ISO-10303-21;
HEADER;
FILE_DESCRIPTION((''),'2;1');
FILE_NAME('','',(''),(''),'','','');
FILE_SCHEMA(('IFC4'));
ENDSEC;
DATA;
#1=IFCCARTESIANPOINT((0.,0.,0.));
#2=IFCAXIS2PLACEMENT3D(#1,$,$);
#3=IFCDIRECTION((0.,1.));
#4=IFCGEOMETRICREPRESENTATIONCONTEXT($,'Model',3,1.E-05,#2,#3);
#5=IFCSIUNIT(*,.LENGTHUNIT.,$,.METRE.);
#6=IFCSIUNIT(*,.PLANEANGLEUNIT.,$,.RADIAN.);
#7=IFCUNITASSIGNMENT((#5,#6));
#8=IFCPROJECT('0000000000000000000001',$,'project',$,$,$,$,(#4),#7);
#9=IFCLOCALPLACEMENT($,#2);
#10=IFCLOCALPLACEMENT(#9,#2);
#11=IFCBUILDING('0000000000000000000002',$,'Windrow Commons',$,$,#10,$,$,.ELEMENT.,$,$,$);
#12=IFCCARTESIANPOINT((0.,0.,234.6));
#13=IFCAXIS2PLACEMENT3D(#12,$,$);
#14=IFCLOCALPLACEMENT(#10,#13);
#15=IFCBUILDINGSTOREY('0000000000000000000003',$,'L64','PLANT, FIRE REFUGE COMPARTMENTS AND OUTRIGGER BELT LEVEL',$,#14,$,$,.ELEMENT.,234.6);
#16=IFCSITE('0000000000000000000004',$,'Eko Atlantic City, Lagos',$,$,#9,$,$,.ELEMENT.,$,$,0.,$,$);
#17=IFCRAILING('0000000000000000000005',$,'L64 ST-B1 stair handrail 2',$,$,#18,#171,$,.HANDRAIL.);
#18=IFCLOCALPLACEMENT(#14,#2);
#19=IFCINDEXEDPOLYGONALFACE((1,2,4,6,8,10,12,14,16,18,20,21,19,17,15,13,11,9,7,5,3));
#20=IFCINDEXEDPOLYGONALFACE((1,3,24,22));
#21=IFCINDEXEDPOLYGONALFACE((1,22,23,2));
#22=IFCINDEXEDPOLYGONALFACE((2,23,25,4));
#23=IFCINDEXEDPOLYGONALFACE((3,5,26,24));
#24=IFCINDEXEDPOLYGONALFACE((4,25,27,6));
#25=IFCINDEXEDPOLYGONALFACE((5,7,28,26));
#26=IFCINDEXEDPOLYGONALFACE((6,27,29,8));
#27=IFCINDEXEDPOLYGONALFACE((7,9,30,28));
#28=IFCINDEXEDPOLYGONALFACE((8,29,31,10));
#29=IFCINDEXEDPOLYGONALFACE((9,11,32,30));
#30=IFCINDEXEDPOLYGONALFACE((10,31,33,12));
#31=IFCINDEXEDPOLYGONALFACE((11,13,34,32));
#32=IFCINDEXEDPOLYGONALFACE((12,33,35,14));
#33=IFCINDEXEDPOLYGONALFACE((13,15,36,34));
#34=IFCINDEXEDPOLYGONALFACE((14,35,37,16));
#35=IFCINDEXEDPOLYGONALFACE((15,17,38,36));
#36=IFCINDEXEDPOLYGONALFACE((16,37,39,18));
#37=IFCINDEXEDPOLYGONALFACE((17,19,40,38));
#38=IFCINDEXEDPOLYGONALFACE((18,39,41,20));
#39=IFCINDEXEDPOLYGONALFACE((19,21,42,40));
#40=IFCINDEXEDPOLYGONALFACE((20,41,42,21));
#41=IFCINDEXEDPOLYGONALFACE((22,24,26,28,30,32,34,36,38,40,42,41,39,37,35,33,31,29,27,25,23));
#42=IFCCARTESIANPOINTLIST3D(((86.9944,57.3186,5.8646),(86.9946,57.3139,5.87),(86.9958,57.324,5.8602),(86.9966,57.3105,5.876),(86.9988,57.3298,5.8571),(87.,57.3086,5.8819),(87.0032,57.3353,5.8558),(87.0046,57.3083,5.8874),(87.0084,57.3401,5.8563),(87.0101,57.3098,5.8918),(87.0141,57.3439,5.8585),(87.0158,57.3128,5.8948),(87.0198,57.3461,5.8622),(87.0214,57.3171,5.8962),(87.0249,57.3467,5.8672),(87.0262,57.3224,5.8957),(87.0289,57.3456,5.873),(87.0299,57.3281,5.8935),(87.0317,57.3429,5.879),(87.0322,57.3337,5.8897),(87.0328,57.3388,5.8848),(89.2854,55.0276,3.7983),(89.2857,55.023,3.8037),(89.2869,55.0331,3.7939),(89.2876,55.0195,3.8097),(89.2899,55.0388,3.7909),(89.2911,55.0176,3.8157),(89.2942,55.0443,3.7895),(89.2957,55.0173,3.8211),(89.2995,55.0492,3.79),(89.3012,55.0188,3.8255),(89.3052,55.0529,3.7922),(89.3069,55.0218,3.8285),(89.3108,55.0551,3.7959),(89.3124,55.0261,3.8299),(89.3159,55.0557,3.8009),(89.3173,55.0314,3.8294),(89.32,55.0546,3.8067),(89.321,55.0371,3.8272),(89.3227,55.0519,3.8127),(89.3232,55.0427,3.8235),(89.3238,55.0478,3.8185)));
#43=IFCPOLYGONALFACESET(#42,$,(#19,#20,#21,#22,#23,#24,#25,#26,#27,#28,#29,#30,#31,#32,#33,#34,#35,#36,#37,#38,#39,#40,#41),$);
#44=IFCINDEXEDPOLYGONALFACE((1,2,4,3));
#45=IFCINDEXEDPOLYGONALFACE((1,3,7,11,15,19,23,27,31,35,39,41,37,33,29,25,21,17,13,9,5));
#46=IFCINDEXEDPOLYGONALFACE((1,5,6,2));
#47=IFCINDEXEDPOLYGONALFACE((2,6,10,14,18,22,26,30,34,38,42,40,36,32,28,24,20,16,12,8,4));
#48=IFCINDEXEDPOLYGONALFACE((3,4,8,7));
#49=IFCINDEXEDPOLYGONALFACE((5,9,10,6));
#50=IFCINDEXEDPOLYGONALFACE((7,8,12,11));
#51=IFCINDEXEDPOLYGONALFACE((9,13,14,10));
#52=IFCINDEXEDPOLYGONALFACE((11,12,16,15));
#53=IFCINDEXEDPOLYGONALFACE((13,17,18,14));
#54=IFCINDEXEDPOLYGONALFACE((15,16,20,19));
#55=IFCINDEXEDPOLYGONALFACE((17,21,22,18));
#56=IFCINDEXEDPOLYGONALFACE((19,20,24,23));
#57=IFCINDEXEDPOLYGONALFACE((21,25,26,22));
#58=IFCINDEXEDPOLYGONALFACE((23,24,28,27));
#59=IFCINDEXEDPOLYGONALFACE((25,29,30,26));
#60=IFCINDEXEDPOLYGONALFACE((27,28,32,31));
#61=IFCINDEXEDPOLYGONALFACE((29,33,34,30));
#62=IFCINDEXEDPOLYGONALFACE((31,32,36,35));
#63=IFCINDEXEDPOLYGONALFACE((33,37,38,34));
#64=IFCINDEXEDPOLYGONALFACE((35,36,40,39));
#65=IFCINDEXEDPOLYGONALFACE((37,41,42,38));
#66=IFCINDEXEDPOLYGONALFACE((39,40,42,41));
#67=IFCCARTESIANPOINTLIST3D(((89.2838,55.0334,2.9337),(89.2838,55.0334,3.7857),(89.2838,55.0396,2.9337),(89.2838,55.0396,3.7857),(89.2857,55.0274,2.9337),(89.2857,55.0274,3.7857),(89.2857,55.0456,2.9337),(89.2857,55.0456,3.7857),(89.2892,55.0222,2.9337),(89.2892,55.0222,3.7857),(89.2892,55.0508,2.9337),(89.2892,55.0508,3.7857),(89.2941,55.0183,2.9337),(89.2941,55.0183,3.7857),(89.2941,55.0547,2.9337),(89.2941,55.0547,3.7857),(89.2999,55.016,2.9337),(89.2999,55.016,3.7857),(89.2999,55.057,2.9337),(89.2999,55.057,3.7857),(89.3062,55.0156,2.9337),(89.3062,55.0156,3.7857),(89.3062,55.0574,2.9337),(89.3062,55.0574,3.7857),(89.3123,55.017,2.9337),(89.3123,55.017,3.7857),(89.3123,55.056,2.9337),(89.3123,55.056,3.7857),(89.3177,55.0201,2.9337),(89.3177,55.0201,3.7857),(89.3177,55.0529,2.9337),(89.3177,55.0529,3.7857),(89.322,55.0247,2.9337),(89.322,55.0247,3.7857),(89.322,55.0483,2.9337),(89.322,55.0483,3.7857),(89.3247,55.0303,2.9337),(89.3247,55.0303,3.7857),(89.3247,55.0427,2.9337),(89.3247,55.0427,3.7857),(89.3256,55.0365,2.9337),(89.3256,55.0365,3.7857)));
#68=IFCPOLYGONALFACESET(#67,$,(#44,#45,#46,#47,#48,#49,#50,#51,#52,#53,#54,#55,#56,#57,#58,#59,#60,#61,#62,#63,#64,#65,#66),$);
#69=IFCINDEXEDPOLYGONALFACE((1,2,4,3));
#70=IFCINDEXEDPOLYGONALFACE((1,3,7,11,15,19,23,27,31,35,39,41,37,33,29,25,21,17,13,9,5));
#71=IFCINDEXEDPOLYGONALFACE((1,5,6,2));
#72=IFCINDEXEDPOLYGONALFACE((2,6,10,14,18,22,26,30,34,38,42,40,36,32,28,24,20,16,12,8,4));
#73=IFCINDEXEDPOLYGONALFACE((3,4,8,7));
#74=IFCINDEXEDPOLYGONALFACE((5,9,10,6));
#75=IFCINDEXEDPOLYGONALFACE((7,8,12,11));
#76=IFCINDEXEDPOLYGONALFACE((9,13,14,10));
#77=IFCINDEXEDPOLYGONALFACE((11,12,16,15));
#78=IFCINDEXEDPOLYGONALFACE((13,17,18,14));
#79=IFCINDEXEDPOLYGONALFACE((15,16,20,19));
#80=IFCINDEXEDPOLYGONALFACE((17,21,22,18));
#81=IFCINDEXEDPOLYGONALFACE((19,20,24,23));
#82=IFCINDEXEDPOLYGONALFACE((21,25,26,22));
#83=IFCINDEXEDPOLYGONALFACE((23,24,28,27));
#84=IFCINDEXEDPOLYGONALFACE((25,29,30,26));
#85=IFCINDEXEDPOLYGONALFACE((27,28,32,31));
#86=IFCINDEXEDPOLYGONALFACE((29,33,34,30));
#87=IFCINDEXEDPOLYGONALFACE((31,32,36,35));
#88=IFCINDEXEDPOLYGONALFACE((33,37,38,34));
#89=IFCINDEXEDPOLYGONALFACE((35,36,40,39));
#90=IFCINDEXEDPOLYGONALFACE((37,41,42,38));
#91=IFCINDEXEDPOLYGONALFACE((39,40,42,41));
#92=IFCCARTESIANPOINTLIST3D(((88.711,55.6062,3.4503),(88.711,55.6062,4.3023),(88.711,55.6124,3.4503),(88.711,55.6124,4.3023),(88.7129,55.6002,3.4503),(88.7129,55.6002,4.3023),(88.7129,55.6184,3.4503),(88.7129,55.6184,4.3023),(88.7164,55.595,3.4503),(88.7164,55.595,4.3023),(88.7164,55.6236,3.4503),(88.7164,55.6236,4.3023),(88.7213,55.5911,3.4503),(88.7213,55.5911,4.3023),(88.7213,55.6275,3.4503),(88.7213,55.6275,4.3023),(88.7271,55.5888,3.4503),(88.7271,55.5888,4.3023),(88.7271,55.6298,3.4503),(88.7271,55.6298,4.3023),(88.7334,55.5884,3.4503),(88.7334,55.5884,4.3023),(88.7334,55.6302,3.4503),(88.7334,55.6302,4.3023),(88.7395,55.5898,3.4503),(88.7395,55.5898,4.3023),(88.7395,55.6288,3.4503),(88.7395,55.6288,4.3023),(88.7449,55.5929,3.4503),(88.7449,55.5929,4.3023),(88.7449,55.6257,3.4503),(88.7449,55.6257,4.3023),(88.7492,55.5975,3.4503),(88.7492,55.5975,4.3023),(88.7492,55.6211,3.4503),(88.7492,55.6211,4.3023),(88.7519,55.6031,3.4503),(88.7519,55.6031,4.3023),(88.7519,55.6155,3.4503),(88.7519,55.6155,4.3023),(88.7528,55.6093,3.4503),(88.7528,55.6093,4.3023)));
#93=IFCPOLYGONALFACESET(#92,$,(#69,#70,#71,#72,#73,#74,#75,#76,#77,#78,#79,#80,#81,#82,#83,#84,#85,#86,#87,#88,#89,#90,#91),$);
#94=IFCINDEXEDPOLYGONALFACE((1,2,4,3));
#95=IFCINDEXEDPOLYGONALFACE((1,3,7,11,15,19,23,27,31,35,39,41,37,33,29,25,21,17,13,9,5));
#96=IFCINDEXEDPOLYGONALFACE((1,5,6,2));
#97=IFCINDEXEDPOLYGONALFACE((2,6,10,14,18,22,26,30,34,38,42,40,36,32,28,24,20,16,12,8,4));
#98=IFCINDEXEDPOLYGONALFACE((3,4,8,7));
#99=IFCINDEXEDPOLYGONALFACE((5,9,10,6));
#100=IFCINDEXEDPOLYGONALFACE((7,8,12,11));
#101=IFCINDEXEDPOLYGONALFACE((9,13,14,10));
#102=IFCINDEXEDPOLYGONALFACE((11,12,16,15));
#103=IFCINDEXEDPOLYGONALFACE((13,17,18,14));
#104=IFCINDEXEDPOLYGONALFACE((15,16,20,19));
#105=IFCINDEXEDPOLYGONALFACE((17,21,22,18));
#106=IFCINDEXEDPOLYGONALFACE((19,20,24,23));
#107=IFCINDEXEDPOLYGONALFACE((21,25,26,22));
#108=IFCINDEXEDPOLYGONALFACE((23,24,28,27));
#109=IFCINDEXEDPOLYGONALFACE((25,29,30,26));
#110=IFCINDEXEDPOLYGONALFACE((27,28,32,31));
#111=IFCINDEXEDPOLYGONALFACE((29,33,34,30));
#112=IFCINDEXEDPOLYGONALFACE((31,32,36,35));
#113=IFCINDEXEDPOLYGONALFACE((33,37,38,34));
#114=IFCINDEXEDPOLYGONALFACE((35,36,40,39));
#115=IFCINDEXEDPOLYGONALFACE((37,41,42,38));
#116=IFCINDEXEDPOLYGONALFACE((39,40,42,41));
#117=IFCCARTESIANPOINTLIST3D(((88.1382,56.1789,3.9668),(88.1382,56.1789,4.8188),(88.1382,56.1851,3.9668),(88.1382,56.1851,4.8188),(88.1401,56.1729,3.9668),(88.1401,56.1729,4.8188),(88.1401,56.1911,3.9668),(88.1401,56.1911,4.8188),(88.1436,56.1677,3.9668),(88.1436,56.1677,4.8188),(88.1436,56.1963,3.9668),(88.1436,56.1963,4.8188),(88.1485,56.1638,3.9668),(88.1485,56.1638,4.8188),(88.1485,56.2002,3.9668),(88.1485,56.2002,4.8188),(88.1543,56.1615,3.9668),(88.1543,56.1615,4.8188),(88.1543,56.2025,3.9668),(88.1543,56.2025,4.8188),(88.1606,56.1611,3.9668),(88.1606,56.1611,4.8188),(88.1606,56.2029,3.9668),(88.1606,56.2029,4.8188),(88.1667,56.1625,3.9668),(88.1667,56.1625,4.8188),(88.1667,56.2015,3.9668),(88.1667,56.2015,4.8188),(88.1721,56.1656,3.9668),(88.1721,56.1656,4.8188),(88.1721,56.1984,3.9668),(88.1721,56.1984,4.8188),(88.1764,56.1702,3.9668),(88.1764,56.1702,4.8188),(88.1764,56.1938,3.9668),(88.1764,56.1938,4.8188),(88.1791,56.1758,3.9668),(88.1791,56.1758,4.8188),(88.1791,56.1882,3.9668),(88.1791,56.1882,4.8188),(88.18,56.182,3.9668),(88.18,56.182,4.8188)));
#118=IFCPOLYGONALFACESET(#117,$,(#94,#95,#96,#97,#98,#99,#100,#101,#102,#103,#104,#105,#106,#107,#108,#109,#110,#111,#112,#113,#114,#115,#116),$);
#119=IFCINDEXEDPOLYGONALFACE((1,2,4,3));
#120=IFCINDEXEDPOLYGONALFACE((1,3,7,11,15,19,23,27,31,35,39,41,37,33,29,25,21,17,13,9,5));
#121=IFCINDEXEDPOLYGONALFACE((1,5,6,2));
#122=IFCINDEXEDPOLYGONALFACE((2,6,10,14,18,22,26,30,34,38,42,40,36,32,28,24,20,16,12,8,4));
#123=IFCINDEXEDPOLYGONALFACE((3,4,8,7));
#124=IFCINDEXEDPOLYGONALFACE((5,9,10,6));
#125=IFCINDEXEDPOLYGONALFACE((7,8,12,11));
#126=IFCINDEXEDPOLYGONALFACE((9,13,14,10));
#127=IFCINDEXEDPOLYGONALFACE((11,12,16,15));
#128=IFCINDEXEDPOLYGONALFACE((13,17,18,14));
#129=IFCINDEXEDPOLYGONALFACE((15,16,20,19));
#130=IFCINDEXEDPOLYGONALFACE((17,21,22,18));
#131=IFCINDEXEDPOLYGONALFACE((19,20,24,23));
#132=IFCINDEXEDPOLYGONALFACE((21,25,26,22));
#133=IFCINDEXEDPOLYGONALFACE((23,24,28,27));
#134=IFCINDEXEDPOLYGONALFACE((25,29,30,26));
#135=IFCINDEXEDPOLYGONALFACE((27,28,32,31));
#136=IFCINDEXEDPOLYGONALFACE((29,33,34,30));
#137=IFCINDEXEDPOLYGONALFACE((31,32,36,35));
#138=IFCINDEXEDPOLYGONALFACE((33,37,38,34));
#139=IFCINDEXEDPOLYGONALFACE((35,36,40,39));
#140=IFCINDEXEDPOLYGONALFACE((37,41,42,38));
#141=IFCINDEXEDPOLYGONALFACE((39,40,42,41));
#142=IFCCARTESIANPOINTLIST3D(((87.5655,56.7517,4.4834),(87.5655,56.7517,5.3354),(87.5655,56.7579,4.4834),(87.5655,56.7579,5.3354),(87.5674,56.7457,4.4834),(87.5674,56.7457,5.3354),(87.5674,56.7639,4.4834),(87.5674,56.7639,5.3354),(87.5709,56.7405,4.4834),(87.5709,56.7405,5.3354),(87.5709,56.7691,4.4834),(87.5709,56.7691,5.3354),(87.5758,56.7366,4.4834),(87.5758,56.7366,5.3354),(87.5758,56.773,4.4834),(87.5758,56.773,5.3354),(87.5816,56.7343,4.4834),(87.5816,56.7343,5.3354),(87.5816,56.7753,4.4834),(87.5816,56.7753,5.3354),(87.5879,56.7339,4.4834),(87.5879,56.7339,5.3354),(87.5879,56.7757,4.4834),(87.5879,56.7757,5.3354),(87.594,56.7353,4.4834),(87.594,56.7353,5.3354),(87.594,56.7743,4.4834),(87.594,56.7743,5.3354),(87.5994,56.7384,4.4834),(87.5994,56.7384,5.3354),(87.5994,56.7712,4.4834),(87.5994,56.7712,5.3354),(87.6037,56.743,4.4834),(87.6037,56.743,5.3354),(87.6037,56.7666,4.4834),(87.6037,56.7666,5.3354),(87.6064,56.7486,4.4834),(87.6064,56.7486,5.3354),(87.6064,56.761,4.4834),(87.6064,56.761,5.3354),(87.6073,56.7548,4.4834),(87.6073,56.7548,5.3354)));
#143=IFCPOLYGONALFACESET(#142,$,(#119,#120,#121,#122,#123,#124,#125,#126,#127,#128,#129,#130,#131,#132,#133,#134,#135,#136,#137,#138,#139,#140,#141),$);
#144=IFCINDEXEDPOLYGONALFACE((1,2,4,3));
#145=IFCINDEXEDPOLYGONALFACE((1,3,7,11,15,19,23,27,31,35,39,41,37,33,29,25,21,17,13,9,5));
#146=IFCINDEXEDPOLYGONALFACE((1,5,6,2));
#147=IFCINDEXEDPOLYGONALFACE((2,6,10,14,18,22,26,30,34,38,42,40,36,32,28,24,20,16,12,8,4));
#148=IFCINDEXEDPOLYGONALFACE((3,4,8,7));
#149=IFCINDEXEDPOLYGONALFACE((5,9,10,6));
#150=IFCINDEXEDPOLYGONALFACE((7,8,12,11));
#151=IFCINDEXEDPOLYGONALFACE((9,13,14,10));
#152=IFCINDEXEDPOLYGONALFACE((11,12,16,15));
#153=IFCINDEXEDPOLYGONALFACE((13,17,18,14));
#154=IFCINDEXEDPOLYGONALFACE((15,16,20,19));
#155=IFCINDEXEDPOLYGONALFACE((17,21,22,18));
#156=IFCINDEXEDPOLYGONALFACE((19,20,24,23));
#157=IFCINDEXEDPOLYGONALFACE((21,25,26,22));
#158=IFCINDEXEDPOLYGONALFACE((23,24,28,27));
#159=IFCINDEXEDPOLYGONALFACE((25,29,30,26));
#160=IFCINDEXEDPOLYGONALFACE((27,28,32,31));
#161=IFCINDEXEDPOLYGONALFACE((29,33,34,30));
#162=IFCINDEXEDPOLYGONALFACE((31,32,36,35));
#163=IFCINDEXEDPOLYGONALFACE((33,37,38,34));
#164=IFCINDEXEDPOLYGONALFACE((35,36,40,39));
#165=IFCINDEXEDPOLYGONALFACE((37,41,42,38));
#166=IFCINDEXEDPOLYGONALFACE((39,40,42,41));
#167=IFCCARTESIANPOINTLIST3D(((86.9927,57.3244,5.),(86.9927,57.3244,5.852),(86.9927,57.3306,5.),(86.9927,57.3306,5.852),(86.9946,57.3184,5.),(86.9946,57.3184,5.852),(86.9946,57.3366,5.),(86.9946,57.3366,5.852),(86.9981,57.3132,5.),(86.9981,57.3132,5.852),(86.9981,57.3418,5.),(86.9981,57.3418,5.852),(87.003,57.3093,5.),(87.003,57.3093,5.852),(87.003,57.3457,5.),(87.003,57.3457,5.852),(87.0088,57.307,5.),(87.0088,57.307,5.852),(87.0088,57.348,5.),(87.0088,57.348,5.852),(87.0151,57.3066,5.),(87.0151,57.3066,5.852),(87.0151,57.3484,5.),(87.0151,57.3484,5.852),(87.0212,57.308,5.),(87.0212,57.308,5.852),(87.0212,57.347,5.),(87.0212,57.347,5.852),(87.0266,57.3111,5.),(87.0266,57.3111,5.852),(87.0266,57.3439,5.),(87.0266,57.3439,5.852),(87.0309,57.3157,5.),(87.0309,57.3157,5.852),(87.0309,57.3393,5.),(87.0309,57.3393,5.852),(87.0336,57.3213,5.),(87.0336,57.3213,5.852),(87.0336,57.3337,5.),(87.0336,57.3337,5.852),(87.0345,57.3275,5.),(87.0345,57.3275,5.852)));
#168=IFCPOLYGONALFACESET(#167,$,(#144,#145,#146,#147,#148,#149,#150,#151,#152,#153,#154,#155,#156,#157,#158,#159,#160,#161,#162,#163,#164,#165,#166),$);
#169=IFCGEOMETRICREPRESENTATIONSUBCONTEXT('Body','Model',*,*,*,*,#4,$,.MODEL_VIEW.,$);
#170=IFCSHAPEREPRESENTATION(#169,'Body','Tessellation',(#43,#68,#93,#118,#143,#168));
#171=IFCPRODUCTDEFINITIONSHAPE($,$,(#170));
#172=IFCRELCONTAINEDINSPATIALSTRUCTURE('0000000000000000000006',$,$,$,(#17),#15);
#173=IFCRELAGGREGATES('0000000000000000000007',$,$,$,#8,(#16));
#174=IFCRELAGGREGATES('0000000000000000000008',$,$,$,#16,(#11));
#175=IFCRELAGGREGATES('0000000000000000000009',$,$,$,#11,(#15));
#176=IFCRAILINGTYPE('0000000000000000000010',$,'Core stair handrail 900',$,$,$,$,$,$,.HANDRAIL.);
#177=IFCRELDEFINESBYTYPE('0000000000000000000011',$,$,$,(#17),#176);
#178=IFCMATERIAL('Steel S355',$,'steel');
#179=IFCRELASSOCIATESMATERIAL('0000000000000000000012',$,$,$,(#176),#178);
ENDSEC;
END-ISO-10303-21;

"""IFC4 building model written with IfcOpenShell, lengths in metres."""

from ifc_helpers import new_model, si_unit, direction, frame, origin, origin_2d, place, context, subcontext, project, spatial, circle, extrude, material, type_object, element, save


model = new_model("IFC4")

# Units and contexts
model_context = context("Model", 3, precision=1e-05, world=origin(), true_north=direction((0.0, 1.0)))
body_context = subcontext(model_context, "Body", "Model", "MODEL_VIEW")
ifc_project = project(units=[si_unit("LENGTHUNIT", "METRE"), si_unit("PLANEANGLEUNIT", "RADIAN")], contexts=[model_context])

# Site, building, storey
site_placement = place(None, origin())
site = spatial("IfcSite", under=ifc_project, at=site_placement, Name="Eko Atlantic City, Lagos", CompositionType="ELEMENT", RefElevation=0.0)
building_placement = place(site_placement, origin())
building = spatial("IfcBuilding", under=site, at=building_placement, Name="Windrow Commons", CompositionType="ELEMENT")
storey_placement = place(building_placement, frame((0.0, 0.0, 234.6)))
storey = spatial("IfcBuildingStorey", under=building, at=storey_placement, Name="L64", Description="PLANT, FIRE REFUGE COMPARTMENTS AND OUTRIGGER BELT LEVEL", CompositionType="ELEMENT", Elevation=234.6)

# Railing
ifc_material_1 = material(Name="Steel S355", Category="steel")
railing_type_1 = type_object("IfcRailingType", Name="Core stair handrail 900", PredefinedType="HANDRAIL", material=ifc_material_1)
railing_1_placement = place(storey_placement, frame((89.3046, 55.0365, 2.9337)))
element("IfcRailing", 1, at=railing_1_placement, inside=storey, type_object=railing_type_1, Name="L64 ST-B1 stair handrail 2", PredefinedType="HANDRAIL", context=body_context, shape_type="SweptSolid", body=[
    extrude(circle(Radius=0.024, at=origin_2d()), frame((0.0, 0.0, 0.876), z_axis=(-0.5962, 0.596174, 0.537701), x_axis=(-0.707091, -0.707122, 0.0)), (0.0, 0.0, 1.0), 3.8428),
    extrude(circle(Radius=0.021, at=origin_2d()), origin(), (0.0, 0.0, 1.0), 0.852),
    extrude(circle(Radius=0.021, at=origin_2d()), frame((-0.5728, 0.5728, 0.5166)), (0.0, 0.0, 1.0), 0.852),
    extrude(circle(Radius=0.021, at=origin_2d()), frame((-1.1456, 1.1455, 1.0331)), (0.0, 0.0, 1.0), 0.852),
    extrude(circle(Radius=0.021, at=origin_2d()), frame((-1.7183, 1.7183, 1.5497)), (0.0, 0.0, 1.0), 0.852),
    extrude(circle(Radius=0.021, at=origin_2d()), frame((-2.2911, 2.291, 2.0663)), (0.0, 0.0, 1.0), 0.852),
])

save(model, "model.ifc")
